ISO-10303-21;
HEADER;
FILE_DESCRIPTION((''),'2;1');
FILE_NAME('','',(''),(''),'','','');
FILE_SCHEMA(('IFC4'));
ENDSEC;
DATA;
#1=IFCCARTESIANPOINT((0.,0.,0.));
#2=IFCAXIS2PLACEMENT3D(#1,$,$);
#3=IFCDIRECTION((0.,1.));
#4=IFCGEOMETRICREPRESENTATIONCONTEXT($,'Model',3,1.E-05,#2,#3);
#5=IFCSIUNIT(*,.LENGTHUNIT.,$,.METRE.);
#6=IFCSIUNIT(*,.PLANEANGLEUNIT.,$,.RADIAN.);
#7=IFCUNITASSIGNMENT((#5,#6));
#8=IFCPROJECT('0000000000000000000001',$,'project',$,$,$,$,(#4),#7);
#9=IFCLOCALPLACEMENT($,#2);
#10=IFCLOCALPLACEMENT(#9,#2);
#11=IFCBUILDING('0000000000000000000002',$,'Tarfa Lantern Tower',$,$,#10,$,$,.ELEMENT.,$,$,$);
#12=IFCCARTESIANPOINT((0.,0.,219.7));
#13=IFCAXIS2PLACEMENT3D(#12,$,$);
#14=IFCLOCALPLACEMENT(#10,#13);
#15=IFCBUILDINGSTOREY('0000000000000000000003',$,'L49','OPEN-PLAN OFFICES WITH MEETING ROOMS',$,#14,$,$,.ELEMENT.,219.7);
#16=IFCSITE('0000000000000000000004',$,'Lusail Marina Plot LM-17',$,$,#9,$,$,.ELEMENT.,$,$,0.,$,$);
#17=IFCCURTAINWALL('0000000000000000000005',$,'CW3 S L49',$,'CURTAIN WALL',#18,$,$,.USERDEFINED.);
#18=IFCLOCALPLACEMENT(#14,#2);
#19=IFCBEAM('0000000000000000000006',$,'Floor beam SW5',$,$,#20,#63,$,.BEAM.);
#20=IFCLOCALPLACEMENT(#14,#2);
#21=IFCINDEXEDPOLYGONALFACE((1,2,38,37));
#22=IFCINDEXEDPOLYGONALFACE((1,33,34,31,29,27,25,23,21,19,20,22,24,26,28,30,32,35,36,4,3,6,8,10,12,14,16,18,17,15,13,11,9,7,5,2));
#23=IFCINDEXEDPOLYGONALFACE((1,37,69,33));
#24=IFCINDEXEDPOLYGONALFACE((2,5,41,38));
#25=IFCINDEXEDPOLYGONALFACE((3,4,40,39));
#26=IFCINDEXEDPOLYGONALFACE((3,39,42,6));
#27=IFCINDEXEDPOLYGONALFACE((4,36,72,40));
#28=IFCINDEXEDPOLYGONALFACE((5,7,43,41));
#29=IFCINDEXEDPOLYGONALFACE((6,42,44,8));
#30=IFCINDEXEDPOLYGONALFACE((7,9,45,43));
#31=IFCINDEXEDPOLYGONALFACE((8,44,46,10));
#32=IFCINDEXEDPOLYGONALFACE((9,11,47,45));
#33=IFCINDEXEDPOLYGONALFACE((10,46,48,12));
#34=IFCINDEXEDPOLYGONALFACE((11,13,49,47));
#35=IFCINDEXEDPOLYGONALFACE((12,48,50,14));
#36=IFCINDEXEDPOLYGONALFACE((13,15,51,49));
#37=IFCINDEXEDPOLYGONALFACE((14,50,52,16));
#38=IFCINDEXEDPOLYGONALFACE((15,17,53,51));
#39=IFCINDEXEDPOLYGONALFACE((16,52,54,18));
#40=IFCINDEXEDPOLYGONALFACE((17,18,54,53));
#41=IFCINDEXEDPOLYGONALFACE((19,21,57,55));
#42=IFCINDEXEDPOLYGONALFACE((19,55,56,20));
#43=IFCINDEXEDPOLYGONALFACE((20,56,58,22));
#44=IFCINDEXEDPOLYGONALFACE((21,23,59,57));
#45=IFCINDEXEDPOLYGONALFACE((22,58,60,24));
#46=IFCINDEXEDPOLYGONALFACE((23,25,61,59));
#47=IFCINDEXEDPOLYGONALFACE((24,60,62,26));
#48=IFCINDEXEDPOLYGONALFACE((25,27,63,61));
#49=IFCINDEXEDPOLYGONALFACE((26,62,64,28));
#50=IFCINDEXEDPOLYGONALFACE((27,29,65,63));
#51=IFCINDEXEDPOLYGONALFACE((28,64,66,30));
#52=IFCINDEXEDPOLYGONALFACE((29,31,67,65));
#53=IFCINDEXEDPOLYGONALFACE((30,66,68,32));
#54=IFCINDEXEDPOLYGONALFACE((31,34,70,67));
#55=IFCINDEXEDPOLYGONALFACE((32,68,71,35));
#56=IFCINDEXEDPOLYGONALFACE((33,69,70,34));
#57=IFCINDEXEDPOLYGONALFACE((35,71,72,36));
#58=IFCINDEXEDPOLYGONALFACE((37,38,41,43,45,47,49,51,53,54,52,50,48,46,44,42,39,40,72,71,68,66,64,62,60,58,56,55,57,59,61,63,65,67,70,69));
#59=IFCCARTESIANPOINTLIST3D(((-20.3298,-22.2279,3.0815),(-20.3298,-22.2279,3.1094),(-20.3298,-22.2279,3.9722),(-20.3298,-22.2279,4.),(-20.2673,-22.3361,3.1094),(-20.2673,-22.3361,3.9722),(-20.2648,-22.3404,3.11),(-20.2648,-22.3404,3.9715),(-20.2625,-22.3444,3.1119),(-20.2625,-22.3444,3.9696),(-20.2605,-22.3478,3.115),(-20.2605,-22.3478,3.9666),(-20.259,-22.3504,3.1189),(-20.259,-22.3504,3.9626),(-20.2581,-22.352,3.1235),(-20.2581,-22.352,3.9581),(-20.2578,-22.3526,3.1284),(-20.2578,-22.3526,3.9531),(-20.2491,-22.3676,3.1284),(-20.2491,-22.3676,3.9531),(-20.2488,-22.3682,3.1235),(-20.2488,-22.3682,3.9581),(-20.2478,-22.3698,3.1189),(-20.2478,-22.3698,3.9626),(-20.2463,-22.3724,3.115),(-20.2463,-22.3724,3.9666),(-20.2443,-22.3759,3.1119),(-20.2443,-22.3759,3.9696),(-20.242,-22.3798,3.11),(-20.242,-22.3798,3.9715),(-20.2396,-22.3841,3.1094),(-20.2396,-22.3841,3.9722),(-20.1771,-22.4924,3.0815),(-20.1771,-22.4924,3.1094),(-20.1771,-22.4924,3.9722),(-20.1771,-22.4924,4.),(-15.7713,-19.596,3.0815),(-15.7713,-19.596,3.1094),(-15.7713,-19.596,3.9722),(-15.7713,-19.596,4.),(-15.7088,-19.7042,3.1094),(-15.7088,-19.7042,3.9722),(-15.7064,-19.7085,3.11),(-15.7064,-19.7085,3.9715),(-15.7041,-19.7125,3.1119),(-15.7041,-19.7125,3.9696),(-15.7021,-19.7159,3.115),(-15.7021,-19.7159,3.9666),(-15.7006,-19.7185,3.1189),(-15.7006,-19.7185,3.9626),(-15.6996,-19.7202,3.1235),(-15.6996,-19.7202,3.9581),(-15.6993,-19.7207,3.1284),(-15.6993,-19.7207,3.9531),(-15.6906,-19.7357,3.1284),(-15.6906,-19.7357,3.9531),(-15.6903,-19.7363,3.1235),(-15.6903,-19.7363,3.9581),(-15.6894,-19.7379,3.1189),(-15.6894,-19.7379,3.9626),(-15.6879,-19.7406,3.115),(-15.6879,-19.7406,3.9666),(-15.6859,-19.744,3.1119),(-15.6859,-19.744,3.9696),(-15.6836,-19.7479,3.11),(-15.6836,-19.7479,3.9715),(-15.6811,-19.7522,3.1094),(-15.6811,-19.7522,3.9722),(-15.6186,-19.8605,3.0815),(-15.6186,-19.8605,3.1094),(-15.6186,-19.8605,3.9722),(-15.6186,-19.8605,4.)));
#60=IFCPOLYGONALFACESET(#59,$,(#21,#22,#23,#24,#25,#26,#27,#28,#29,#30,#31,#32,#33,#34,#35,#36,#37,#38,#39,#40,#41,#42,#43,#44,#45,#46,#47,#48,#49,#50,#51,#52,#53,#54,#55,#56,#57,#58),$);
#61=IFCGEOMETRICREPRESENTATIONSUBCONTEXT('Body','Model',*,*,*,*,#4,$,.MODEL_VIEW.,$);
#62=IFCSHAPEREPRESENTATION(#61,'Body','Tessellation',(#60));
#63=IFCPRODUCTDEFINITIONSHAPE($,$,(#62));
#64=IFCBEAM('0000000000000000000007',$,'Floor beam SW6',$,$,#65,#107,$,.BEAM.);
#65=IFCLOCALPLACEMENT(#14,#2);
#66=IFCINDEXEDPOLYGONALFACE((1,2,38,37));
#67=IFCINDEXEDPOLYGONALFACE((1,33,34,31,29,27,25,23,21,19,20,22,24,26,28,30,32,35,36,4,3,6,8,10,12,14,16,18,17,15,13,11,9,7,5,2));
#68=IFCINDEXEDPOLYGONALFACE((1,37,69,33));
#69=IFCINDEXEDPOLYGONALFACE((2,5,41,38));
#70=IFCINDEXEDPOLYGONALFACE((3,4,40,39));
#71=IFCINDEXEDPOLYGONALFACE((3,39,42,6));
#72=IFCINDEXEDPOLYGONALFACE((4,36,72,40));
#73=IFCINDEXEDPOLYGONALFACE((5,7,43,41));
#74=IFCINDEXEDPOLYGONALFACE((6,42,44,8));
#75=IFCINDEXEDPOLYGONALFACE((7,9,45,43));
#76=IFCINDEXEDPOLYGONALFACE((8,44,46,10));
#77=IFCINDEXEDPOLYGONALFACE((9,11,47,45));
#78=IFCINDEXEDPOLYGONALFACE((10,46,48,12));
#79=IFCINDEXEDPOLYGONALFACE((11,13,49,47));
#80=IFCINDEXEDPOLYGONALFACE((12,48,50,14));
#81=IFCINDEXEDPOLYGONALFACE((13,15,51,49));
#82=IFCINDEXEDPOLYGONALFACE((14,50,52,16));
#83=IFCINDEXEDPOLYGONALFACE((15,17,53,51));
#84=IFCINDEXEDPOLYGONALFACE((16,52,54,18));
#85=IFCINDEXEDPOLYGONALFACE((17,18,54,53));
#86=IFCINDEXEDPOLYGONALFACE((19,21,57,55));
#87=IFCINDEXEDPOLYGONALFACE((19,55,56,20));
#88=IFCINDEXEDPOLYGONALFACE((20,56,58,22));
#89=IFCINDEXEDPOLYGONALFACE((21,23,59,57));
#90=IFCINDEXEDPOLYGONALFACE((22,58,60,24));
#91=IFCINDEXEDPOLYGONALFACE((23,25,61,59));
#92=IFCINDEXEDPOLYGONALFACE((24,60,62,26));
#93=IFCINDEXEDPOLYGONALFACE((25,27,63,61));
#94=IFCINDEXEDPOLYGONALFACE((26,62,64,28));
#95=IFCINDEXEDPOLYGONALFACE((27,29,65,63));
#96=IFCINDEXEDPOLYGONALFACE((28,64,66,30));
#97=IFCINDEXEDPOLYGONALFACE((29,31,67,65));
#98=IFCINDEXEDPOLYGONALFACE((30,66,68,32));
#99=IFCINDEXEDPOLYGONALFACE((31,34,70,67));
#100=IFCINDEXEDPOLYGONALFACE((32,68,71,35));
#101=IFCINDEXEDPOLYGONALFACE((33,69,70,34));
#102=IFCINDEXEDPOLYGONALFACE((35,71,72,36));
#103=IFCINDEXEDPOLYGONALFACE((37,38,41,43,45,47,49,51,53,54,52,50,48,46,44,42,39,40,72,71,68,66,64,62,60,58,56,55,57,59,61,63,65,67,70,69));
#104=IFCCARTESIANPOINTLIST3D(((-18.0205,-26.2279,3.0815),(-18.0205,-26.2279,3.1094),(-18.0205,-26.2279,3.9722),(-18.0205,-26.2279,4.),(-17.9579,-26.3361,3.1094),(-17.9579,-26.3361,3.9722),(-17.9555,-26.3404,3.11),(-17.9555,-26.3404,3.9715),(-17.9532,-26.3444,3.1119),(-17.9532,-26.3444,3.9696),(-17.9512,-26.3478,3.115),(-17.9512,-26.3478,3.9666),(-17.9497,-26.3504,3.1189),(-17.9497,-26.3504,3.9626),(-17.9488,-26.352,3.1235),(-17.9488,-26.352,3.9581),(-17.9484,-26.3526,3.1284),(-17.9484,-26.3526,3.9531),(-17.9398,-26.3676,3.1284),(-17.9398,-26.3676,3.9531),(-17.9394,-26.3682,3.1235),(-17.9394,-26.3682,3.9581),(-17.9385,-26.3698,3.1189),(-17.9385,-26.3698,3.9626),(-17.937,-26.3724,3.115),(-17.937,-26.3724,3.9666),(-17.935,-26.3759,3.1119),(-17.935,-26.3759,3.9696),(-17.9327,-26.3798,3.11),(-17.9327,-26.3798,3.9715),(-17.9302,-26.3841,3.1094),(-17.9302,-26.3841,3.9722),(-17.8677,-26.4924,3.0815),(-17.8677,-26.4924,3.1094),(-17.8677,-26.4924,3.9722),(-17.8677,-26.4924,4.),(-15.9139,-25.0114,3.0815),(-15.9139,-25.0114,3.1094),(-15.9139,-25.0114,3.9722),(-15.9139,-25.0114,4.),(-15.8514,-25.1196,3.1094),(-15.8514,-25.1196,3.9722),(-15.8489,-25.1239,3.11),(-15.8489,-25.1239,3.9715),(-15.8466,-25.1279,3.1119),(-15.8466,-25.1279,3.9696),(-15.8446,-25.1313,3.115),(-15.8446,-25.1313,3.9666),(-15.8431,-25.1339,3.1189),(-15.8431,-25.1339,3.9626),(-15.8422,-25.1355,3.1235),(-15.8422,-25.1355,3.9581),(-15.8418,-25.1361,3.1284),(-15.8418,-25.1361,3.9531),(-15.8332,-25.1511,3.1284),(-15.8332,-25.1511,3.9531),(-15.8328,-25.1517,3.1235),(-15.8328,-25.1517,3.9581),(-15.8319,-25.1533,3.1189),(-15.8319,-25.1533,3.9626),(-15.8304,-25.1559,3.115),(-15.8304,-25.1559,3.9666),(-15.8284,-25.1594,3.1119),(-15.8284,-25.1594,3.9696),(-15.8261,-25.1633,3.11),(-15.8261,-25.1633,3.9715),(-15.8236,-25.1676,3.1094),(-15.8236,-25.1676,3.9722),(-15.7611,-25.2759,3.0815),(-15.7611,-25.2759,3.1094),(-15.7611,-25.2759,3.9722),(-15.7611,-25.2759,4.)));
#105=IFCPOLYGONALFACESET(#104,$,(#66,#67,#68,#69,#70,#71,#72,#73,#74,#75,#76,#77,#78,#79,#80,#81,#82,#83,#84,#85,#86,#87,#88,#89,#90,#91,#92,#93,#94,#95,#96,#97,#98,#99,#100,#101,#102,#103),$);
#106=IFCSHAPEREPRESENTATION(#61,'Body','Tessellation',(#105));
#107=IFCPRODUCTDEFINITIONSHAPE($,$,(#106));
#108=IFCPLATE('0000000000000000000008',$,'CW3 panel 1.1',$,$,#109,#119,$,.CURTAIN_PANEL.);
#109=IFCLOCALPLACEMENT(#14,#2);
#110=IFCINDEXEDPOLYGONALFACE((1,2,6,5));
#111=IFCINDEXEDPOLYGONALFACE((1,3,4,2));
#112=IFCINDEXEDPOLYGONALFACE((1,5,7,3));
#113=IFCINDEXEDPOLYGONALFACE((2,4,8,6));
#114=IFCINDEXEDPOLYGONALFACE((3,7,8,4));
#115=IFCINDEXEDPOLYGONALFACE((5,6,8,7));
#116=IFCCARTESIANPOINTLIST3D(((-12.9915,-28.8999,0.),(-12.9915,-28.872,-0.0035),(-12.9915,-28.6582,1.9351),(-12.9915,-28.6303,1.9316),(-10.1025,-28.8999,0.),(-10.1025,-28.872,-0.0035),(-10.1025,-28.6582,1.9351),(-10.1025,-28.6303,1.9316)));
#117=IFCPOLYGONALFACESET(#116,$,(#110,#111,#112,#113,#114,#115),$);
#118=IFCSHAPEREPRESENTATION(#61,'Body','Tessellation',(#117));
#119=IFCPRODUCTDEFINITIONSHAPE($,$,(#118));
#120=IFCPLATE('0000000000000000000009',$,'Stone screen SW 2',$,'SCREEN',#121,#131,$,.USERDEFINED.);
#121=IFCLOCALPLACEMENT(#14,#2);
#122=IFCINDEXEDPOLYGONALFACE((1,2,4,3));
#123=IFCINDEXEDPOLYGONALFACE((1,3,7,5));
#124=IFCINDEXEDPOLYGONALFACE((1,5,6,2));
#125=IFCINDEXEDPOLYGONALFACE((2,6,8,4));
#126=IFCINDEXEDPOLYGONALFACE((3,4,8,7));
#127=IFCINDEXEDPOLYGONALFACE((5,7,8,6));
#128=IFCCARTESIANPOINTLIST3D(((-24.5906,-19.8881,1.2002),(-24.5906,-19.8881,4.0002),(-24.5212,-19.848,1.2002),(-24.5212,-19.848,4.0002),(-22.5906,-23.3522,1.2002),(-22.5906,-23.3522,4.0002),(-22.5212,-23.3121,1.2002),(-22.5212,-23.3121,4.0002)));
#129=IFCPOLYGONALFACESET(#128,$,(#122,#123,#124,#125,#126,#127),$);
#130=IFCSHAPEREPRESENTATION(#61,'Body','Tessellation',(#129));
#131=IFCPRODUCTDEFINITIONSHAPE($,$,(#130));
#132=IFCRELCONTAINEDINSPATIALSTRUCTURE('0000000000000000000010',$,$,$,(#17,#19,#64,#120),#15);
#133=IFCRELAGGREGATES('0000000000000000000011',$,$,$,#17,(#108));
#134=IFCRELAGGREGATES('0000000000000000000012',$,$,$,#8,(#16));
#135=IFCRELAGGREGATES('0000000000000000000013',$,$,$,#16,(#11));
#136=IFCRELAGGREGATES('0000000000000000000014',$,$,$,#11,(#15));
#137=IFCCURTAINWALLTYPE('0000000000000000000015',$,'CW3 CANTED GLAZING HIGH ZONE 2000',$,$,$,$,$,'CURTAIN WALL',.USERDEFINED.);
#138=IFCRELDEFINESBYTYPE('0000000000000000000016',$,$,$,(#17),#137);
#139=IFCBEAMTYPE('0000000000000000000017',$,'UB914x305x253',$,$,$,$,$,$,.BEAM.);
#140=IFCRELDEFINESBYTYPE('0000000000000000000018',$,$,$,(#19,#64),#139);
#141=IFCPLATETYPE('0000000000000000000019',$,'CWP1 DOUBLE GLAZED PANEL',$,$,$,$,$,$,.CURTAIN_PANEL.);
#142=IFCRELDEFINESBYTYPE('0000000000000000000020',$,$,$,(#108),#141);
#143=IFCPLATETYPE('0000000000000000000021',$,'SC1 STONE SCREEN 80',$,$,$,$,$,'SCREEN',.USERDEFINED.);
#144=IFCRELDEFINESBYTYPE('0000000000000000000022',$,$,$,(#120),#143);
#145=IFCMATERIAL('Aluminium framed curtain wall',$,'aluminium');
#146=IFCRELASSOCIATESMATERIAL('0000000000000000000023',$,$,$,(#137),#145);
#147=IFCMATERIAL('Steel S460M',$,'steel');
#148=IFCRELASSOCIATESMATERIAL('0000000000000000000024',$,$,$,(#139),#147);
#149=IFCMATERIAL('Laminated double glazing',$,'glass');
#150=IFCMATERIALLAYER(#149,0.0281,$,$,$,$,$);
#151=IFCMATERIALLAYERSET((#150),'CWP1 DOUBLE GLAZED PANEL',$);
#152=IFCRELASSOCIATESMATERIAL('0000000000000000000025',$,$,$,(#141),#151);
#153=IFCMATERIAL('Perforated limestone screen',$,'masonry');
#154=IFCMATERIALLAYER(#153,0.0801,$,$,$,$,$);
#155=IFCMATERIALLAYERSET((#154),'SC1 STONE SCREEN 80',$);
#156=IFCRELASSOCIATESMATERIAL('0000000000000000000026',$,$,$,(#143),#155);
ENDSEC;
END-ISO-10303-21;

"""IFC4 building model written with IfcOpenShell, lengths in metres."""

from ifc_helpers import new_model, si_unit, direction, frame, origin, origin_2d, place, context, subcontext, project, spatial, polyline, rectangle, i_section, outline, extrude, material, layer, layer_set, material_profile, profile_set, type_object, element, aggregate, save


model = new_model("IFC4")

# Units and contexts
model_context = context("Model", 3, precision=1e-05, world=origin(), true_north=direction((0.0, 1.0)))
body_context = subcontext(model_context, "Body", "Model", "MODEL_VIEW")
ifc_project = project(units=[si_unit("LENGTHUNIT", "METRE"), si_unit("PLANEANGLEUNIT", "RADIAN")], contexts=[model_context])

# Site, building, storey
site_placement = place(None, origin())
site = spatial("IfcSite", under=ifc_project, at=site_placement, Name="Lusail Marina Plot LM-17", CompositionType="ELEMENT", RefElevation=0.0)
building_placement = place(site_placement, origin())
building = spatial("IfcBuilding", under=site, at=building_placement, Name="Tarfa Lantern Tower", CompositionType="ELEMENT")
storey_placement = place(building_placement, frame((0.0, 0.0, 219.7)))
storey = spatial("IfcBuildingStorey", under=building, at=storey_placement, Name="L49", Description="OPEN-PLAN OFFICES WITH MEETING ROOMS", CompositionType="ELEMENT", Elevation=219.7)

# Curtain wall
ifc_material_1 = material(Name="Aluminium framed curtain wall", Category="aluminium")
curtain_wall_type = type_object("IfcCurtainWallType", Name="CW3 CANTED GLAZING HIGH ZONE 2000", ElementType="CURTAIN WALL", PredefinedType="USERDEFINED", material=ifc_material_1)
curtain_wall_placement = place(storey_placement, origin())
curtain_wall = element("IfcCurtainWall", 1, at=curtain_wall_placement, inside=storey, type_object=curtain_wall_type, Name="CW3 S L49", ObjectType="CURTAIN WALL", PredefinedType="USERDEFINED")

# Beams
ifc_material_2 = material(Name="Steel S460M", Category="steel")
ifc_material_profile_1 = material_profile(ifc_material_2, i_section(OverallWidth=0.3054, OverallDepth=0.9185, WebThickness=0.0173, FlangeThickness=0.0278, FilletRadius=0.019, at=origin_2d()), Name="UB914x305x253")
ifc_profile_set_1 = profile_set([ifc_material_profile_1], Name="Steel S460M")
beam_type_1 = type_object("IfcBeamType", Name="UB914x305x253", PredefinedType="BEAM", material=ifc_profile_set_1)
beam_1_placement = place(storey_placement, frame((-20.2534, -22.3601, 3.5408), z_axis=(0.86602, 0.50001, 0.0), x_axis=(-0.50001, 0.86602, 0.0)))
element("IfcBeam", 2, at=beam_1_placement, inside=storey, type_object=beam_type_1, Name="Floor beam SW5", PredefinedType="BEAM", context=body_context, shape_type="SweptSolid", body=[
    extrude(i_section(OverallWidth=0.3054, OverallDepth=0.9185, WebThickness=0.0173, FlangeThickness=0.0278, FilletRadius=0.019, at=origin_2d()), origin(), (0.0, 0.0, 1.0), 5.2637),
])
beam_2_placement = place(storey_placement, frame((-17.9441, -26.3601, 3.5408), z_axis=(0.86598, 0.500079, 0.0), x_axis=(-0.500079, 0.86598, 0.0)))
element("IfcBeam", 3, at=beam_2_placement, inside=storey, type_object=beam_type_1, Name="Floor beam SW6", PredefinedType="BEAM", context=body_context, shape_type="SweptSolid", body=[
    extrude(i_section(OverallWidth=0.3054, OverallDepth=0.9185, WebThickness=0.0173, FlangeThickness=0.0278, FilletRadius=0.019, at=origin_2d()), origin(), (0.0, 0.0, 1.0), 2.4326),
])

# Plates
ifc_material_3 = material(Name="Laminated double glazing", Category="glass")
ifc_layer_1 = layer(ifc_material_3, 0.0281)
ifc_layer_set_1 = layer_set([ifc_layer_1], Name="CWP1 DOUBLE GLAZED PANEL")
plate_type_1 = type_object("IfcPlateType", Name="CWP1 DOUBLE GLAZED PANEL", PredefinedType="CURTAIN_PANEL", material=ifc_layer_set_1)
plate_1_placement = place(storey_placement, frame((-12.9915, -28.8999, 0.0), z_axis=(0.0, -0.992289, 0.123942), x_axis=(1.0, 0.0, 0.0)))
plate_1 = element("IfcPlate", 4, at=plate_1_placement, type_object=plate_type_1, Name="CW3 panel 1.1", PredefinedType="CURTAIN_PANEL", context=body_context, shape_type="SweptSolid", body=[
    extrude(outline(polyline([(0.0, 0.0), (2.8889, 0.0), (2.8889, 1.9501), (0.0, 1.9501), (0.0, 0.0)])), origin(), (0.0, 0.0, -1.0), 0.0281),
])
aggregate(curtain_wall, [plate_1])
ifc_material_4 = material(Name="Perforated limestone screen", Category="masonry")
ifc_layer_2 = layer(ifc_material_4, 0.0801)
ifc_layer_set_2 = layer_set([ifc_layer_2], Name="SC1 STONE SCREEN 80")
plate_type_2 = type_object("IfcPlateType", Name="SC1 STONE SCREEN 80", ElementType="SCREEN", PredefinedType="USERDEFINED", material=ifc_layer_set_2)
plate_2_placement = place(storey_placement, frame((-23.5559, -21.6001, 1.2002), z_axis=(0.0, 0.0, 1.0), x_axis=(0.5, -0.866025, 0.0)))
element("IfcPlate", 5, at=plate_2_placement, inside=storey, type_object=plate_type_2, Name="Stone screen SW 2", ObjectType="SCREEN", PredefinedType="USERDEFINED", context=body_context, shape_type="SweptSolid", body=[
    extrude(rectangle(XDim=4.0, YDim=0.0801, at=origin_2d()), origin(), (0.0, 0.0, 1.0), 2.8),
])

save(model, "model.ifc")
